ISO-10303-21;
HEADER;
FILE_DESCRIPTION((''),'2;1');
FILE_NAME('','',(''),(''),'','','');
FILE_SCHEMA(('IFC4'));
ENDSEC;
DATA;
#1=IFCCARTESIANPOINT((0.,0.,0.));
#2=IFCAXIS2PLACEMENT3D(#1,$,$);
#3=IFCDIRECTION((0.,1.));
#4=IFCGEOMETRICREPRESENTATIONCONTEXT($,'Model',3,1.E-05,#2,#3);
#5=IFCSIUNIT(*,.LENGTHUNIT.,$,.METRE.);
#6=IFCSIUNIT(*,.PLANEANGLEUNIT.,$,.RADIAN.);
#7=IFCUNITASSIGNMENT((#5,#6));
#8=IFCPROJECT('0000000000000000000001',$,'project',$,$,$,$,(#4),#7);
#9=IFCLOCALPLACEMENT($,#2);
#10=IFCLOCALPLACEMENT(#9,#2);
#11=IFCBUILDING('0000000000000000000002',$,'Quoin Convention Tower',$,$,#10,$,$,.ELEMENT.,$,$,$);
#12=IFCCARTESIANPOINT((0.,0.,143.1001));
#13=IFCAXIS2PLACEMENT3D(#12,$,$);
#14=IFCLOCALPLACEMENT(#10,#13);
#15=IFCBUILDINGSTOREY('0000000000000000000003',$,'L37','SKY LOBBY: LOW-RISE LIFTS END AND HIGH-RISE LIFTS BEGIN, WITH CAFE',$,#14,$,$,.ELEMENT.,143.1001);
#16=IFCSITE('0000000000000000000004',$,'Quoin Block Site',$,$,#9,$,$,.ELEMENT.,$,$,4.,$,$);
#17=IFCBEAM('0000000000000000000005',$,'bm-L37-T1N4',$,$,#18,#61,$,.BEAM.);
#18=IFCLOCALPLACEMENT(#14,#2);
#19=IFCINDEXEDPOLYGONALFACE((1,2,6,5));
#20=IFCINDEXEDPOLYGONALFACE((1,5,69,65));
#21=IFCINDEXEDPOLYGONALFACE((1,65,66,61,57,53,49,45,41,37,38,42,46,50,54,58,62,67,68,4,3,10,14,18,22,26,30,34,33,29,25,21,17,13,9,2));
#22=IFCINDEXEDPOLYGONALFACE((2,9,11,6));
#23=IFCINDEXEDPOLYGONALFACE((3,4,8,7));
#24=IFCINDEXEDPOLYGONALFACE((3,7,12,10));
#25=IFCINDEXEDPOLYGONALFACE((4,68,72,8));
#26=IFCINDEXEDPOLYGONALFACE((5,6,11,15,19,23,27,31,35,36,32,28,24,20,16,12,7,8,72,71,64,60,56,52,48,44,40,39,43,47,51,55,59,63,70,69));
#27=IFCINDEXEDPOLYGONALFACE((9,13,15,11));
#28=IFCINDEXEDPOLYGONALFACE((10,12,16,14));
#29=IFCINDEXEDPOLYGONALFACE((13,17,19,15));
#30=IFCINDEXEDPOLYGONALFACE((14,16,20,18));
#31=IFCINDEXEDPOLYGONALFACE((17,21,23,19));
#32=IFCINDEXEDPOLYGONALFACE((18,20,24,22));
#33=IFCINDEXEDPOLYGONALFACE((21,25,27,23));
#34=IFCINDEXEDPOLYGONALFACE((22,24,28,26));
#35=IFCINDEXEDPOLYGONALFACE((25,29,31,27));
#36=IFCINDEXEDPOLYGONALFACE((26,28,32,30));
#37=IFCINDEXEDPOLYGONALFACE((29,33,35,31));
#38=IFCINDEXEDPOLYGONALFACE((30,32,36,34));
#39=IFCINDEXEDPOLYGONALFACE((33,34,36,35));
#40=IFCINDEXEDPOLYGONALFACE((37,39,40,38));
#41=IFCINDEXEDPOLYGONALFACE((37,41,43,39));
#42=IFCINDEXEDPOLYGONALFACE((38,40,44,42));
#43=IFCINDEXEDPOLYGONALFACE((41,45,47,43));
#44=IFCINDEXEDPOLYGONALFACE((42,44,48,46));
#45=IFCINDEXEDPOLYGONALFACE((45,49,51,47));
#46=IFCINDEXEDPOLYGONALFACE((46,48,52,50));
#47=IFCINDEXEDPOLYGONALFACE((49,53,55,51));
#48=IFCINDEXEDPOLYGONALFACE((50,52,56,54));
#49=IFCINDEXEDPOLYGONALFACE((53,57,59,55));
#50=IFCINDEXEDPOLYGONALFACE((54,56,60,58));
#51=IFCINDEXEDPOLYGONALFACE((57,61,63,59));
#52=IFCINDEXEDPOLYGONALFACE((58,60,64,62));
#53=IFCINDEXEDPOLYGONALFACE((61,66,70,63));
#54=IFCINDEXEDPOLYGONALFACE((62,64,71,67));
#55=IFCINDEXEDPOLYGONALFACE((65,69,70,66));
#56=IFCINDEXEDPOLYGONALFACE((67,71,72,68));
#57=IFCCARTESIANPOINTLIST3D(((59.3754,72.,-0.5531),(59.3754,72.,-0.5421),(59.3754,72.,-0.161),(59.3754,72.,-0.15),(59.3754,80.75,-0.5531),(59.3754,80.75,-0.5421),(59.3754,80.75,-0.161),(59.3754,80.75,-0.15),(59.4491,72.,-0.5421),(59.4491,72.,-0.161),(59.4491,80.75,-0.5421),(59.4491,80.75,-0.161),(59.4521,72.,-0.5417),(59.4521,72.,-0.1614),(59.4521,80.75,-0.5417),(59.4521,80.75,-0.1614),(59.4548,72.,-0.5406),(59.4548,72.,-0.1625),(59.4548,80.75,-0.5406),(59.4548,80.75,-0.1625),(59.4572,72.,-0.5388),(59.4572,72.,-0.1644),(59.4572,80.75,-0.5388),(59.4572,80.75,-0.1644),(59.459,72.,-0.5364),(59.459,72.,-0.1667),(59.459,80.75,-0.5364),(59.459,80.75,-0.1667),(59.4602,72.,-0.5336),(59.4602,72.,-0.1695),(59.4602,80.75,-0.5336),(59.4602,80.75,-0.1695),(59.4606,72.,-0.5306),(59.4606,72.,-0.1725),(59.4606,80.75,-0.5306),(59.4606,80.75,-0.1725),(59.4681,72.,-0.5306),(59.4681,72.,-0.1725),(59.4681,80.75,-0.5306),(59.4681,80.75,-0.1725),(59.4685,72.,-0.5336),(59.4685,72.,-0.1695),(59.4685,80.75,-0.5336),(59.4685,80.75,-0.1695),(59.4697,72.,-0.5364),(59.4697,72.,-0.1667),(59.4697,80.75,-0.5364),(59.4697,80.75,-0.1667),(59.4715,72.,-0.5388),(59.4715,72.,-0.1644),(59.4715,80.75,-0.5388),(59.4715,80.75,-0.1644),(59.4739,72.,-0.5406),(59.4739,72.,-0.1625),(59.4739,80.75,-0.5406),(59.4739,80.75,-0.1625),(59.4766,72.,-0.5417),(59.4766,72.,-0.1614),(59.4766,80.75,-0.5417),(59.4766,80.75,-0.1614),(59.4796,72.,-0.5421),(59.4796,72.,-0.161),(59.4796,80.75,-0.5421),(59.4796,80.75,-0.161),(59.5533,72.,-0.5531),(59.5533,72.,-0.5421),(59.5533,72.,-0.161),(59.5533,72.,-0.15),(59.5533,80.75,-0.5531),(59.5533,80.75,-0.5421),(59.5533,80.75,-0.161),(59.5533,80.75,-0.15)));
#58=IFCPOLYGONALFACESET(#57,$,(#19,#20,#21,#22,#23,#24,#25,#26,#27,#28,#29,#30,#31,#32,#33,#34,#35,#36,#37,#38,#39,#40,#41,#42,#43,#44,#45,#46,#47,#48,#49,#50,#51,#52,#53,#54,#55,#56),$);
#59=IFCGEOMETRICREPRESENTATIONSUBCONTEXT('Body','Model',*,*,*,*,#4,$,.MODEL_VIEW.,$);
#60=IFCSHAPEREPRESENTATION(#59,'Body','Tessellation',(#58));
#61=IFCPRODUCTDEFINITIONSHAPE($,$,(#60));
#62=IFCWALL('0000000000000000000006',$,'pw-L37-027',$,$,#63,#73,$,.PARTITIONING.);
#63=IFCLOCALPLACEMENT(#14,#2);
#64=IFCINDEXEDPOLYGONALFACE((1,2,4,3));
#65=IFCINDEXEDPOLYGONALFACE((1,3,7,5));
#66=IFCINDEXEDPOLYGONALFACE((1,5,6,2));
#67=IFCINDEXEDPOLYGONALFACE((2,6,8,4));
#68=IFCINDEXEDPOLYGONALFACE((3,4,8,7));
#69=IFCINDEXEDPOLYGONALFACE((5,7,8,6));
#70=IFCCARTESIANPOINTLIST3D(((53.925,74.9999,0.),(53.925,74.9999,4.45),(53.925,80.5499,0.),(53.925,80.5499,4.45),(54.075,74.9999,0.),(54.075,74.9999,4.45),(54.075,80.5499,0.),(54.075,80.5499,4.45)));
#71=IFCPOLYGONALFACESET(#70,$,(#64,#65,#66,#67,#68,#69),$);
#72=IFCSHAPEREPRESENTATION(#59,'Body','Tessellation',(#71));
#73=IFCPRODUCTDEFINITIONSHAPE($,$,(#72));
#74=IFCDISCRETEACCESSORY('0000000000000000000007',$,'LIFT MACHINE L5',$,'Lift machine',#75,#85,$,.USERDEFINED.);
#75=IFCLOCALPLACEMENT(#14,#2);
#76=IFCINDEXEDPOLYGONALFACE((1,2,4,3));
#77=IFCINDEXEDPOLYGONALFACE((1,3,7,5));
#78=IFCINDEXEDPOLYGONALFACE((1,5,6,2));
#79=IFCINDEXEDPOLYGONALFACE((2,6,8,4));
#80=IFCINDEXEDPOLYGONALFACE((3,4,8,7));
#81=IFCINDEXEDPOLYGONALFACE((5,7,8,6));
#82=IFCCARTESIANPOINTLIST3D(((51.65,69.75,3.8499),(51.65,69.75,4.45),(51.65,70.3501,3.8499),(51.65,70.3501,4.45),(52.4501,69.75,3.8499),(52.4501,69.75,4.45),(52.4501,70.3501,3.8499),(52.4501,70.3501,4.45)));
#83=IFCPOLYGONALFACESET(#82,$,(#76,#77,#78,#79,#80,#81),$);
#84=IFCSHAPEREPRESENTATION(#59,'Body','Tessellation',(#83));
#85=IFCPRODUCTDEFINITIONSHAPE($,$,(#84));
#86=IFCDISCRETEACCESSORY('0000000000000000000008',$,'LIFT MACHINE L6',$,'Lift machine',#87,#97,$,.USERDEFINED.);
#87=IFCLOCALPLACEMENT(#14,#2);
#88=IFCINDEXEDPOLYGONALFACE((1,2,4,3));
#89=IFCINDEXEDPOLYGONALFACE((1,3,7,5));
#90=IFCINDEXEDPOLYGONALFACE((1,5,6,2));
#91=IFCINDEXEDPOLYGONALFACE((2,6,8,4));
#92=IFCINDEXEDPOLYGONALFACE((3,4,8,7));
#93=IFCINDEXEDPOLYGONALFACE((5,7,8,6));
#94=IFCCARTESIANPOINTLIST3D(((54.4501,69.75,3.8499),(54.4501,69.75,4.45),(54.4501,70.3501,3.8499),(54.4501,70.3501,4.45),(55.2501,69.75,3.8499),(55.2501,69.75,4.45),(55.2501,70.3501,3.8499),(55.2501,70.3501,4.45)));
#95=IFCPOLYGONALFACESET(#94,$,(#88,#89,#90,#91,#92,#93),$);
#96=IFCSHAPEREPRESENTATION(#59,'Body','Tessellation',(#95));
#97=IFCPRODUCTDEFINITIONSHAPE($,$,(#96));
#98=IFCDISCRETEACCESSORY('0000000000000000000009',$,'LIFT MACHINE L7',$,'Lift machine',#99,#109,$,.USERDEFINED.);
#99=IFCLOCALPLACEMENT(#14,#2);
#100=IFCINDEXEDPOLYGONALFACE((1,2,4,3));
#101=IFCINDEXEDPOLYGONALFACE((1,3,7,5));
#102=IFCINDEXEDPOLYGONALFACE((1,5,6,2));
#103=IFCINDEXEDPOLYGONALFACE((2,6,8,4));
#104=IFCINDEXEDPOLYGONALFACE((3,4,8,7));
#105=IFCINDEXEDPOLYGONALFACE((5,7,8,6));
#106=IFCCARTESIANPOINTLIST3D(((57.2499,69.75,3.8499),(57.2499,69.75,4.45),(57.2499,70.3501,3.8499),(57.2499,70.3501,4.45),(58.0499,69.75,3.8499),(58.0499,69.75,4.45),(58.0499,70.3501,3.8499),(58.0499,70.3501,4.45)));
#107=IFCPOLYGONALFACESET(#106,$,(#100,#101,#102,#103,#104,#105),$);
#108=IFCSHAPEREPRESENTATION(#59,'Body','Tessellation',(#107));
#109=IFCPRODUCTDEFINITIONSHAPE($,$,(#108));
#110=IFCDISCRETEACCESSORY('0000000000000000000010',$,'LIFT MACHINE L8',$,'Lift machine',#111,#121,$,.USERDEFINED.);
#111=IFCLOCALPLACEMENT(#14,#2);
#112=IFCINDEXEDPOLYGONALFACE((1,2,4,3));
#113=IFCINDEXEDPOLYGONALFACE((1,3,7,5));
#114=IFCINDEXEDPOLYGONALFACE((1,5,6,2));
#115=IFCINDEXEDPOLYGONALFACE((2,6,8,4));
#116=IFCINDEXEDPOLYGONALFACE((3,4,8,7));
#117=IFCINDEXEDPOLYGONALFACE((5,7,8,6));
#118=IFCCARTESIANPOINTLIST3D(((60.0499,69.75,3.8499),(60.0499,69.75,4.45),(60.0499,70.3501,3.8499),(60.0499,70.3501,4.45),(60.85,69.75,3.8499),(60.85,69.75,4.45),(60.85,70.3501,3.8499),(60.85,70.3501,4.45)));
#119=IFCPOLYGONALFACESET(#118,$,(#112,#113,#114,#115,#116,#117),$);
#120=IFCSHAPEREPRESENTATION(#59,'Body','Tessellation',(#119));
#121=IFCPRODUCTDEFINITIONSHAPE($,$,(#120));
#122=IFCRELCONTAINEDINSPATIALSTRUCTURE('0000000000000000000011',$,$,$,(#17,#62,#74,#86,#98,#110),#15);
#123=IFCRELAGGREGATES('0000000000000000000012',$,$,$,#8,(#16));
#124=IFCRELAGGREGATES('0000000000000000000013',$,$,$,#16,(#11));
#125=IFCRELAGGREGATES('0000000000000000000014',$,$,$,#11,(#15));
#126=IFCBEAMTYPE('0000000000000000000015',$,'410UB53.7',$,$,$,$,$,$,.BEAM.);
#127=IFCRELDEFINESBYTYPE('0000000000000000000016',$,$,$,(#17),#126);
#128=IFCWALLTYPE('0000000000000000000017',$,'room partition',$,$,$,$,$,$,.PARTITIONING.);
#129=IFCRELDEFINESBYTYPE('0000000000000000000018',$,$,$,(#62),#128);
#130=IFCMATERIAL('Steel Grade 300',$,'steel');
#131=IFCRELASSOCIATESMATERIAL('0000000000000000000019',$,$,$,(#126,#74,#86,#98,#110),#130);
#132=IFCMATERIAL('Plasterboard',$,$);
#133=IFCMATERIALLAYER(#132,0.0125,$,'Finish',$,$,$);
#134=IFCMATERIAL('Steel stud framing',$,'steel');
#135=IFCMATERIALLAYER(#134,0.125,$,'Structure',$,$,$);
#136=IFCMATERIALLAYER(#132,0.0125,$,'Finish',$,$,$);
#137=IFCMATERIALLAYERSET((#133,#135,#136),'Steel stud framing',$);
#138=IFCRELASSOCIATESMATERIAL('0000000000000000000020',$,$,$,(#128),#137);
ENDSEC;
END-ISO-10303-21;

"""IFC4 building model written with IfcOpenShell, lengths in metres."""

from ifc_helpers import new_model, si_unit, direction, frame, frame_2d, origin, origin_2d, place, context, subcontext, project, spatial, rectangle, i_section, extrude, material, layer, layer_set, material_profile, profile_set, type_object, element, save


model = new_model("IFC4")

# Units and contexts
model_context = context("Model", 3, precision=1e-05, world=origin(), true_north=direction((0.0, 1.0)))
body_context = subcontext(model_context, "Body", "Model", "MODEL_VIEW")
ifc_project = project(units=[si_unit("LENGTHUNIT", "METRE"), si_unit("PLANEANGLEUNIT", "RADIAN")], contexts=[model_context])

# Site, building, storey
site_placement = place(None, origin())
site = spatial("IfcSite", under=ifc_project, at=site_placement, Name="Quoin Block Site", CompositionType="ELEMENT", RefElevation=4.0)
building_placement = place(site_placement, origin())
building = spatial("IfcBuilding", under=site, at=building_placement, Name="Quoin Convention Tower", CompositionType="ELEMENT")
storey_placement = place(building_placement, frame((0.0, 0.0, 143.1001)))
storey = spatial("IfcBuildingStorey", under=building, at=storey_placement, Name="L37", Description="SKY LOBBY: LOW-RISE LIFTS END AND HIGH-RISE LIFTS BEGIN, WITH CAFE", CompositionType="ELEMENT", Elevation=143.1001)

# Beam
ifc_material_1 = material(Name="Steel Grade 300", Category="steel")
ifc_material_profile_1 = material_profile(ifc_material_1, i_section(OverallWidth=0.178, OverallDepth=0.4031, WebThickness=0.0076, FlangeThickness=0.011, FilletRadius=0.0115, at=origin_2d()), Name="410UB53.7")
ifc_profile_set_1 = profile_set([ifc_material_profile_1], Name="Steel Grade 300")
beam_type = type_object("IfcBeamType", Name="410UB53.7", PredefinedType="BEAM", material=ifc_profile_set_1)
for number, where, z_axis, x_axis, name in (
    (1, (59.4644, 72.0, -0.3516), (0.0, 1.0, 0.0), (-1.0, 0.0, 0.0), "bm-L37-T1N4"),
):
    element("IfcBeam", number, at=place(storey_placement, frame(where, z_axis=z_axis, x_axis=x_axis)), inside=storey, type_object=beam_type, Name=name, PredefinedType="BEAM", context=body_context, shape_type="SweptSolid", body=[
        extrude(i_section(OverallWidth=0.178, OverallDepth=0.4031, WebThickness=0.0076, FlangeThickness=0.011, FilletRadius=0.0115, at=origin_2d()), origin(), (0.0, 0.0, 1.0), 8.75),
    ])

# Wall
ifc_material_2 = material(Name="Plasterboard")
ifc_layer_1 = layer(ifc_material_2, 0.0125, Name="Finish")
ifc_material_3 = material(Name="Steel stud framing", Category="steel")
ifc_layer_2 = layer(ifc_material_3, 0.125, Name="Structure")
ifc_layer_3 = layer(ifc_material_2, 0.0125, Name="Finish")
ifc_layer_set = layer_set([ifc_layer_1, ifc_layer_2, ifc_layer_3], Name="Steel stud framing")
wall_type = type_object("IfcWallType", Name="room partition", PredefinedType="PARTITIONING", material=ifc_layer_set)
wall_placement = place(storey_placement, frame((54.0, 75.0, 0.0), z_axis=(0.0, 0.0, 1.0), x_axis=(0.0, 1.0, 0.0)))
element("IfcWall", 2, at=wall_placement, inside=storey, type_object=wall_type, Name="pw-L37-027", PredefinedType="PARTITIONING", context=body_context, shape_type="SweptSolid", body=[
    extrude(rectangle(XDim=5.55, YDim=0.1499, at=frame_2d((2.7749, 0.0))), origin(), (0.0, 0.0, 1.0), 4.45),
])

# Discrete accessories
for number, where, z_axis, x_axis, name in (
    (3, (52.05, 70.05, 3.8499), (0.0, 0.0, 1.0), (1.0, 0.0, 0.0), "LIFT MACHINE L5"),
    (4, (54.8501, 70.05, 3.8499), (0.0, 0.0, 1.0), (1.0, 0.0, 0.0), "LIFT MACHINE L6"),
    (5, (57.6499, 70.05, 3.8499), (0.0, 0.0, 1.0), (1.0, 0.0, 0.0), "LIFT MACHINE L7"),
    (6, (60.45, 70.05, 3.8499), (0.0, 0.0, 1.0), (1.0, 0.0, 0.0), "LIFT MACHINE L8"),
):
    element("IfcDiscreteAccessory", number, at=place(storey_placement, frame(where, z_axis=z_axis, x_axis=x_axis)), inside=storey, material=ifc_material_1, Name=name, ObjectType="Lift machine", PredefinedType="USERDEFINED", context=body_context, shape_type="SweptSolid", body=[
        extrude(rectangle(XDim=0.8, YDim=0.6001, at=origin_2d()), origin(), (0.0, 0.0, 1.0), 0.6001),
    ])

save(model, "model.ifc")
